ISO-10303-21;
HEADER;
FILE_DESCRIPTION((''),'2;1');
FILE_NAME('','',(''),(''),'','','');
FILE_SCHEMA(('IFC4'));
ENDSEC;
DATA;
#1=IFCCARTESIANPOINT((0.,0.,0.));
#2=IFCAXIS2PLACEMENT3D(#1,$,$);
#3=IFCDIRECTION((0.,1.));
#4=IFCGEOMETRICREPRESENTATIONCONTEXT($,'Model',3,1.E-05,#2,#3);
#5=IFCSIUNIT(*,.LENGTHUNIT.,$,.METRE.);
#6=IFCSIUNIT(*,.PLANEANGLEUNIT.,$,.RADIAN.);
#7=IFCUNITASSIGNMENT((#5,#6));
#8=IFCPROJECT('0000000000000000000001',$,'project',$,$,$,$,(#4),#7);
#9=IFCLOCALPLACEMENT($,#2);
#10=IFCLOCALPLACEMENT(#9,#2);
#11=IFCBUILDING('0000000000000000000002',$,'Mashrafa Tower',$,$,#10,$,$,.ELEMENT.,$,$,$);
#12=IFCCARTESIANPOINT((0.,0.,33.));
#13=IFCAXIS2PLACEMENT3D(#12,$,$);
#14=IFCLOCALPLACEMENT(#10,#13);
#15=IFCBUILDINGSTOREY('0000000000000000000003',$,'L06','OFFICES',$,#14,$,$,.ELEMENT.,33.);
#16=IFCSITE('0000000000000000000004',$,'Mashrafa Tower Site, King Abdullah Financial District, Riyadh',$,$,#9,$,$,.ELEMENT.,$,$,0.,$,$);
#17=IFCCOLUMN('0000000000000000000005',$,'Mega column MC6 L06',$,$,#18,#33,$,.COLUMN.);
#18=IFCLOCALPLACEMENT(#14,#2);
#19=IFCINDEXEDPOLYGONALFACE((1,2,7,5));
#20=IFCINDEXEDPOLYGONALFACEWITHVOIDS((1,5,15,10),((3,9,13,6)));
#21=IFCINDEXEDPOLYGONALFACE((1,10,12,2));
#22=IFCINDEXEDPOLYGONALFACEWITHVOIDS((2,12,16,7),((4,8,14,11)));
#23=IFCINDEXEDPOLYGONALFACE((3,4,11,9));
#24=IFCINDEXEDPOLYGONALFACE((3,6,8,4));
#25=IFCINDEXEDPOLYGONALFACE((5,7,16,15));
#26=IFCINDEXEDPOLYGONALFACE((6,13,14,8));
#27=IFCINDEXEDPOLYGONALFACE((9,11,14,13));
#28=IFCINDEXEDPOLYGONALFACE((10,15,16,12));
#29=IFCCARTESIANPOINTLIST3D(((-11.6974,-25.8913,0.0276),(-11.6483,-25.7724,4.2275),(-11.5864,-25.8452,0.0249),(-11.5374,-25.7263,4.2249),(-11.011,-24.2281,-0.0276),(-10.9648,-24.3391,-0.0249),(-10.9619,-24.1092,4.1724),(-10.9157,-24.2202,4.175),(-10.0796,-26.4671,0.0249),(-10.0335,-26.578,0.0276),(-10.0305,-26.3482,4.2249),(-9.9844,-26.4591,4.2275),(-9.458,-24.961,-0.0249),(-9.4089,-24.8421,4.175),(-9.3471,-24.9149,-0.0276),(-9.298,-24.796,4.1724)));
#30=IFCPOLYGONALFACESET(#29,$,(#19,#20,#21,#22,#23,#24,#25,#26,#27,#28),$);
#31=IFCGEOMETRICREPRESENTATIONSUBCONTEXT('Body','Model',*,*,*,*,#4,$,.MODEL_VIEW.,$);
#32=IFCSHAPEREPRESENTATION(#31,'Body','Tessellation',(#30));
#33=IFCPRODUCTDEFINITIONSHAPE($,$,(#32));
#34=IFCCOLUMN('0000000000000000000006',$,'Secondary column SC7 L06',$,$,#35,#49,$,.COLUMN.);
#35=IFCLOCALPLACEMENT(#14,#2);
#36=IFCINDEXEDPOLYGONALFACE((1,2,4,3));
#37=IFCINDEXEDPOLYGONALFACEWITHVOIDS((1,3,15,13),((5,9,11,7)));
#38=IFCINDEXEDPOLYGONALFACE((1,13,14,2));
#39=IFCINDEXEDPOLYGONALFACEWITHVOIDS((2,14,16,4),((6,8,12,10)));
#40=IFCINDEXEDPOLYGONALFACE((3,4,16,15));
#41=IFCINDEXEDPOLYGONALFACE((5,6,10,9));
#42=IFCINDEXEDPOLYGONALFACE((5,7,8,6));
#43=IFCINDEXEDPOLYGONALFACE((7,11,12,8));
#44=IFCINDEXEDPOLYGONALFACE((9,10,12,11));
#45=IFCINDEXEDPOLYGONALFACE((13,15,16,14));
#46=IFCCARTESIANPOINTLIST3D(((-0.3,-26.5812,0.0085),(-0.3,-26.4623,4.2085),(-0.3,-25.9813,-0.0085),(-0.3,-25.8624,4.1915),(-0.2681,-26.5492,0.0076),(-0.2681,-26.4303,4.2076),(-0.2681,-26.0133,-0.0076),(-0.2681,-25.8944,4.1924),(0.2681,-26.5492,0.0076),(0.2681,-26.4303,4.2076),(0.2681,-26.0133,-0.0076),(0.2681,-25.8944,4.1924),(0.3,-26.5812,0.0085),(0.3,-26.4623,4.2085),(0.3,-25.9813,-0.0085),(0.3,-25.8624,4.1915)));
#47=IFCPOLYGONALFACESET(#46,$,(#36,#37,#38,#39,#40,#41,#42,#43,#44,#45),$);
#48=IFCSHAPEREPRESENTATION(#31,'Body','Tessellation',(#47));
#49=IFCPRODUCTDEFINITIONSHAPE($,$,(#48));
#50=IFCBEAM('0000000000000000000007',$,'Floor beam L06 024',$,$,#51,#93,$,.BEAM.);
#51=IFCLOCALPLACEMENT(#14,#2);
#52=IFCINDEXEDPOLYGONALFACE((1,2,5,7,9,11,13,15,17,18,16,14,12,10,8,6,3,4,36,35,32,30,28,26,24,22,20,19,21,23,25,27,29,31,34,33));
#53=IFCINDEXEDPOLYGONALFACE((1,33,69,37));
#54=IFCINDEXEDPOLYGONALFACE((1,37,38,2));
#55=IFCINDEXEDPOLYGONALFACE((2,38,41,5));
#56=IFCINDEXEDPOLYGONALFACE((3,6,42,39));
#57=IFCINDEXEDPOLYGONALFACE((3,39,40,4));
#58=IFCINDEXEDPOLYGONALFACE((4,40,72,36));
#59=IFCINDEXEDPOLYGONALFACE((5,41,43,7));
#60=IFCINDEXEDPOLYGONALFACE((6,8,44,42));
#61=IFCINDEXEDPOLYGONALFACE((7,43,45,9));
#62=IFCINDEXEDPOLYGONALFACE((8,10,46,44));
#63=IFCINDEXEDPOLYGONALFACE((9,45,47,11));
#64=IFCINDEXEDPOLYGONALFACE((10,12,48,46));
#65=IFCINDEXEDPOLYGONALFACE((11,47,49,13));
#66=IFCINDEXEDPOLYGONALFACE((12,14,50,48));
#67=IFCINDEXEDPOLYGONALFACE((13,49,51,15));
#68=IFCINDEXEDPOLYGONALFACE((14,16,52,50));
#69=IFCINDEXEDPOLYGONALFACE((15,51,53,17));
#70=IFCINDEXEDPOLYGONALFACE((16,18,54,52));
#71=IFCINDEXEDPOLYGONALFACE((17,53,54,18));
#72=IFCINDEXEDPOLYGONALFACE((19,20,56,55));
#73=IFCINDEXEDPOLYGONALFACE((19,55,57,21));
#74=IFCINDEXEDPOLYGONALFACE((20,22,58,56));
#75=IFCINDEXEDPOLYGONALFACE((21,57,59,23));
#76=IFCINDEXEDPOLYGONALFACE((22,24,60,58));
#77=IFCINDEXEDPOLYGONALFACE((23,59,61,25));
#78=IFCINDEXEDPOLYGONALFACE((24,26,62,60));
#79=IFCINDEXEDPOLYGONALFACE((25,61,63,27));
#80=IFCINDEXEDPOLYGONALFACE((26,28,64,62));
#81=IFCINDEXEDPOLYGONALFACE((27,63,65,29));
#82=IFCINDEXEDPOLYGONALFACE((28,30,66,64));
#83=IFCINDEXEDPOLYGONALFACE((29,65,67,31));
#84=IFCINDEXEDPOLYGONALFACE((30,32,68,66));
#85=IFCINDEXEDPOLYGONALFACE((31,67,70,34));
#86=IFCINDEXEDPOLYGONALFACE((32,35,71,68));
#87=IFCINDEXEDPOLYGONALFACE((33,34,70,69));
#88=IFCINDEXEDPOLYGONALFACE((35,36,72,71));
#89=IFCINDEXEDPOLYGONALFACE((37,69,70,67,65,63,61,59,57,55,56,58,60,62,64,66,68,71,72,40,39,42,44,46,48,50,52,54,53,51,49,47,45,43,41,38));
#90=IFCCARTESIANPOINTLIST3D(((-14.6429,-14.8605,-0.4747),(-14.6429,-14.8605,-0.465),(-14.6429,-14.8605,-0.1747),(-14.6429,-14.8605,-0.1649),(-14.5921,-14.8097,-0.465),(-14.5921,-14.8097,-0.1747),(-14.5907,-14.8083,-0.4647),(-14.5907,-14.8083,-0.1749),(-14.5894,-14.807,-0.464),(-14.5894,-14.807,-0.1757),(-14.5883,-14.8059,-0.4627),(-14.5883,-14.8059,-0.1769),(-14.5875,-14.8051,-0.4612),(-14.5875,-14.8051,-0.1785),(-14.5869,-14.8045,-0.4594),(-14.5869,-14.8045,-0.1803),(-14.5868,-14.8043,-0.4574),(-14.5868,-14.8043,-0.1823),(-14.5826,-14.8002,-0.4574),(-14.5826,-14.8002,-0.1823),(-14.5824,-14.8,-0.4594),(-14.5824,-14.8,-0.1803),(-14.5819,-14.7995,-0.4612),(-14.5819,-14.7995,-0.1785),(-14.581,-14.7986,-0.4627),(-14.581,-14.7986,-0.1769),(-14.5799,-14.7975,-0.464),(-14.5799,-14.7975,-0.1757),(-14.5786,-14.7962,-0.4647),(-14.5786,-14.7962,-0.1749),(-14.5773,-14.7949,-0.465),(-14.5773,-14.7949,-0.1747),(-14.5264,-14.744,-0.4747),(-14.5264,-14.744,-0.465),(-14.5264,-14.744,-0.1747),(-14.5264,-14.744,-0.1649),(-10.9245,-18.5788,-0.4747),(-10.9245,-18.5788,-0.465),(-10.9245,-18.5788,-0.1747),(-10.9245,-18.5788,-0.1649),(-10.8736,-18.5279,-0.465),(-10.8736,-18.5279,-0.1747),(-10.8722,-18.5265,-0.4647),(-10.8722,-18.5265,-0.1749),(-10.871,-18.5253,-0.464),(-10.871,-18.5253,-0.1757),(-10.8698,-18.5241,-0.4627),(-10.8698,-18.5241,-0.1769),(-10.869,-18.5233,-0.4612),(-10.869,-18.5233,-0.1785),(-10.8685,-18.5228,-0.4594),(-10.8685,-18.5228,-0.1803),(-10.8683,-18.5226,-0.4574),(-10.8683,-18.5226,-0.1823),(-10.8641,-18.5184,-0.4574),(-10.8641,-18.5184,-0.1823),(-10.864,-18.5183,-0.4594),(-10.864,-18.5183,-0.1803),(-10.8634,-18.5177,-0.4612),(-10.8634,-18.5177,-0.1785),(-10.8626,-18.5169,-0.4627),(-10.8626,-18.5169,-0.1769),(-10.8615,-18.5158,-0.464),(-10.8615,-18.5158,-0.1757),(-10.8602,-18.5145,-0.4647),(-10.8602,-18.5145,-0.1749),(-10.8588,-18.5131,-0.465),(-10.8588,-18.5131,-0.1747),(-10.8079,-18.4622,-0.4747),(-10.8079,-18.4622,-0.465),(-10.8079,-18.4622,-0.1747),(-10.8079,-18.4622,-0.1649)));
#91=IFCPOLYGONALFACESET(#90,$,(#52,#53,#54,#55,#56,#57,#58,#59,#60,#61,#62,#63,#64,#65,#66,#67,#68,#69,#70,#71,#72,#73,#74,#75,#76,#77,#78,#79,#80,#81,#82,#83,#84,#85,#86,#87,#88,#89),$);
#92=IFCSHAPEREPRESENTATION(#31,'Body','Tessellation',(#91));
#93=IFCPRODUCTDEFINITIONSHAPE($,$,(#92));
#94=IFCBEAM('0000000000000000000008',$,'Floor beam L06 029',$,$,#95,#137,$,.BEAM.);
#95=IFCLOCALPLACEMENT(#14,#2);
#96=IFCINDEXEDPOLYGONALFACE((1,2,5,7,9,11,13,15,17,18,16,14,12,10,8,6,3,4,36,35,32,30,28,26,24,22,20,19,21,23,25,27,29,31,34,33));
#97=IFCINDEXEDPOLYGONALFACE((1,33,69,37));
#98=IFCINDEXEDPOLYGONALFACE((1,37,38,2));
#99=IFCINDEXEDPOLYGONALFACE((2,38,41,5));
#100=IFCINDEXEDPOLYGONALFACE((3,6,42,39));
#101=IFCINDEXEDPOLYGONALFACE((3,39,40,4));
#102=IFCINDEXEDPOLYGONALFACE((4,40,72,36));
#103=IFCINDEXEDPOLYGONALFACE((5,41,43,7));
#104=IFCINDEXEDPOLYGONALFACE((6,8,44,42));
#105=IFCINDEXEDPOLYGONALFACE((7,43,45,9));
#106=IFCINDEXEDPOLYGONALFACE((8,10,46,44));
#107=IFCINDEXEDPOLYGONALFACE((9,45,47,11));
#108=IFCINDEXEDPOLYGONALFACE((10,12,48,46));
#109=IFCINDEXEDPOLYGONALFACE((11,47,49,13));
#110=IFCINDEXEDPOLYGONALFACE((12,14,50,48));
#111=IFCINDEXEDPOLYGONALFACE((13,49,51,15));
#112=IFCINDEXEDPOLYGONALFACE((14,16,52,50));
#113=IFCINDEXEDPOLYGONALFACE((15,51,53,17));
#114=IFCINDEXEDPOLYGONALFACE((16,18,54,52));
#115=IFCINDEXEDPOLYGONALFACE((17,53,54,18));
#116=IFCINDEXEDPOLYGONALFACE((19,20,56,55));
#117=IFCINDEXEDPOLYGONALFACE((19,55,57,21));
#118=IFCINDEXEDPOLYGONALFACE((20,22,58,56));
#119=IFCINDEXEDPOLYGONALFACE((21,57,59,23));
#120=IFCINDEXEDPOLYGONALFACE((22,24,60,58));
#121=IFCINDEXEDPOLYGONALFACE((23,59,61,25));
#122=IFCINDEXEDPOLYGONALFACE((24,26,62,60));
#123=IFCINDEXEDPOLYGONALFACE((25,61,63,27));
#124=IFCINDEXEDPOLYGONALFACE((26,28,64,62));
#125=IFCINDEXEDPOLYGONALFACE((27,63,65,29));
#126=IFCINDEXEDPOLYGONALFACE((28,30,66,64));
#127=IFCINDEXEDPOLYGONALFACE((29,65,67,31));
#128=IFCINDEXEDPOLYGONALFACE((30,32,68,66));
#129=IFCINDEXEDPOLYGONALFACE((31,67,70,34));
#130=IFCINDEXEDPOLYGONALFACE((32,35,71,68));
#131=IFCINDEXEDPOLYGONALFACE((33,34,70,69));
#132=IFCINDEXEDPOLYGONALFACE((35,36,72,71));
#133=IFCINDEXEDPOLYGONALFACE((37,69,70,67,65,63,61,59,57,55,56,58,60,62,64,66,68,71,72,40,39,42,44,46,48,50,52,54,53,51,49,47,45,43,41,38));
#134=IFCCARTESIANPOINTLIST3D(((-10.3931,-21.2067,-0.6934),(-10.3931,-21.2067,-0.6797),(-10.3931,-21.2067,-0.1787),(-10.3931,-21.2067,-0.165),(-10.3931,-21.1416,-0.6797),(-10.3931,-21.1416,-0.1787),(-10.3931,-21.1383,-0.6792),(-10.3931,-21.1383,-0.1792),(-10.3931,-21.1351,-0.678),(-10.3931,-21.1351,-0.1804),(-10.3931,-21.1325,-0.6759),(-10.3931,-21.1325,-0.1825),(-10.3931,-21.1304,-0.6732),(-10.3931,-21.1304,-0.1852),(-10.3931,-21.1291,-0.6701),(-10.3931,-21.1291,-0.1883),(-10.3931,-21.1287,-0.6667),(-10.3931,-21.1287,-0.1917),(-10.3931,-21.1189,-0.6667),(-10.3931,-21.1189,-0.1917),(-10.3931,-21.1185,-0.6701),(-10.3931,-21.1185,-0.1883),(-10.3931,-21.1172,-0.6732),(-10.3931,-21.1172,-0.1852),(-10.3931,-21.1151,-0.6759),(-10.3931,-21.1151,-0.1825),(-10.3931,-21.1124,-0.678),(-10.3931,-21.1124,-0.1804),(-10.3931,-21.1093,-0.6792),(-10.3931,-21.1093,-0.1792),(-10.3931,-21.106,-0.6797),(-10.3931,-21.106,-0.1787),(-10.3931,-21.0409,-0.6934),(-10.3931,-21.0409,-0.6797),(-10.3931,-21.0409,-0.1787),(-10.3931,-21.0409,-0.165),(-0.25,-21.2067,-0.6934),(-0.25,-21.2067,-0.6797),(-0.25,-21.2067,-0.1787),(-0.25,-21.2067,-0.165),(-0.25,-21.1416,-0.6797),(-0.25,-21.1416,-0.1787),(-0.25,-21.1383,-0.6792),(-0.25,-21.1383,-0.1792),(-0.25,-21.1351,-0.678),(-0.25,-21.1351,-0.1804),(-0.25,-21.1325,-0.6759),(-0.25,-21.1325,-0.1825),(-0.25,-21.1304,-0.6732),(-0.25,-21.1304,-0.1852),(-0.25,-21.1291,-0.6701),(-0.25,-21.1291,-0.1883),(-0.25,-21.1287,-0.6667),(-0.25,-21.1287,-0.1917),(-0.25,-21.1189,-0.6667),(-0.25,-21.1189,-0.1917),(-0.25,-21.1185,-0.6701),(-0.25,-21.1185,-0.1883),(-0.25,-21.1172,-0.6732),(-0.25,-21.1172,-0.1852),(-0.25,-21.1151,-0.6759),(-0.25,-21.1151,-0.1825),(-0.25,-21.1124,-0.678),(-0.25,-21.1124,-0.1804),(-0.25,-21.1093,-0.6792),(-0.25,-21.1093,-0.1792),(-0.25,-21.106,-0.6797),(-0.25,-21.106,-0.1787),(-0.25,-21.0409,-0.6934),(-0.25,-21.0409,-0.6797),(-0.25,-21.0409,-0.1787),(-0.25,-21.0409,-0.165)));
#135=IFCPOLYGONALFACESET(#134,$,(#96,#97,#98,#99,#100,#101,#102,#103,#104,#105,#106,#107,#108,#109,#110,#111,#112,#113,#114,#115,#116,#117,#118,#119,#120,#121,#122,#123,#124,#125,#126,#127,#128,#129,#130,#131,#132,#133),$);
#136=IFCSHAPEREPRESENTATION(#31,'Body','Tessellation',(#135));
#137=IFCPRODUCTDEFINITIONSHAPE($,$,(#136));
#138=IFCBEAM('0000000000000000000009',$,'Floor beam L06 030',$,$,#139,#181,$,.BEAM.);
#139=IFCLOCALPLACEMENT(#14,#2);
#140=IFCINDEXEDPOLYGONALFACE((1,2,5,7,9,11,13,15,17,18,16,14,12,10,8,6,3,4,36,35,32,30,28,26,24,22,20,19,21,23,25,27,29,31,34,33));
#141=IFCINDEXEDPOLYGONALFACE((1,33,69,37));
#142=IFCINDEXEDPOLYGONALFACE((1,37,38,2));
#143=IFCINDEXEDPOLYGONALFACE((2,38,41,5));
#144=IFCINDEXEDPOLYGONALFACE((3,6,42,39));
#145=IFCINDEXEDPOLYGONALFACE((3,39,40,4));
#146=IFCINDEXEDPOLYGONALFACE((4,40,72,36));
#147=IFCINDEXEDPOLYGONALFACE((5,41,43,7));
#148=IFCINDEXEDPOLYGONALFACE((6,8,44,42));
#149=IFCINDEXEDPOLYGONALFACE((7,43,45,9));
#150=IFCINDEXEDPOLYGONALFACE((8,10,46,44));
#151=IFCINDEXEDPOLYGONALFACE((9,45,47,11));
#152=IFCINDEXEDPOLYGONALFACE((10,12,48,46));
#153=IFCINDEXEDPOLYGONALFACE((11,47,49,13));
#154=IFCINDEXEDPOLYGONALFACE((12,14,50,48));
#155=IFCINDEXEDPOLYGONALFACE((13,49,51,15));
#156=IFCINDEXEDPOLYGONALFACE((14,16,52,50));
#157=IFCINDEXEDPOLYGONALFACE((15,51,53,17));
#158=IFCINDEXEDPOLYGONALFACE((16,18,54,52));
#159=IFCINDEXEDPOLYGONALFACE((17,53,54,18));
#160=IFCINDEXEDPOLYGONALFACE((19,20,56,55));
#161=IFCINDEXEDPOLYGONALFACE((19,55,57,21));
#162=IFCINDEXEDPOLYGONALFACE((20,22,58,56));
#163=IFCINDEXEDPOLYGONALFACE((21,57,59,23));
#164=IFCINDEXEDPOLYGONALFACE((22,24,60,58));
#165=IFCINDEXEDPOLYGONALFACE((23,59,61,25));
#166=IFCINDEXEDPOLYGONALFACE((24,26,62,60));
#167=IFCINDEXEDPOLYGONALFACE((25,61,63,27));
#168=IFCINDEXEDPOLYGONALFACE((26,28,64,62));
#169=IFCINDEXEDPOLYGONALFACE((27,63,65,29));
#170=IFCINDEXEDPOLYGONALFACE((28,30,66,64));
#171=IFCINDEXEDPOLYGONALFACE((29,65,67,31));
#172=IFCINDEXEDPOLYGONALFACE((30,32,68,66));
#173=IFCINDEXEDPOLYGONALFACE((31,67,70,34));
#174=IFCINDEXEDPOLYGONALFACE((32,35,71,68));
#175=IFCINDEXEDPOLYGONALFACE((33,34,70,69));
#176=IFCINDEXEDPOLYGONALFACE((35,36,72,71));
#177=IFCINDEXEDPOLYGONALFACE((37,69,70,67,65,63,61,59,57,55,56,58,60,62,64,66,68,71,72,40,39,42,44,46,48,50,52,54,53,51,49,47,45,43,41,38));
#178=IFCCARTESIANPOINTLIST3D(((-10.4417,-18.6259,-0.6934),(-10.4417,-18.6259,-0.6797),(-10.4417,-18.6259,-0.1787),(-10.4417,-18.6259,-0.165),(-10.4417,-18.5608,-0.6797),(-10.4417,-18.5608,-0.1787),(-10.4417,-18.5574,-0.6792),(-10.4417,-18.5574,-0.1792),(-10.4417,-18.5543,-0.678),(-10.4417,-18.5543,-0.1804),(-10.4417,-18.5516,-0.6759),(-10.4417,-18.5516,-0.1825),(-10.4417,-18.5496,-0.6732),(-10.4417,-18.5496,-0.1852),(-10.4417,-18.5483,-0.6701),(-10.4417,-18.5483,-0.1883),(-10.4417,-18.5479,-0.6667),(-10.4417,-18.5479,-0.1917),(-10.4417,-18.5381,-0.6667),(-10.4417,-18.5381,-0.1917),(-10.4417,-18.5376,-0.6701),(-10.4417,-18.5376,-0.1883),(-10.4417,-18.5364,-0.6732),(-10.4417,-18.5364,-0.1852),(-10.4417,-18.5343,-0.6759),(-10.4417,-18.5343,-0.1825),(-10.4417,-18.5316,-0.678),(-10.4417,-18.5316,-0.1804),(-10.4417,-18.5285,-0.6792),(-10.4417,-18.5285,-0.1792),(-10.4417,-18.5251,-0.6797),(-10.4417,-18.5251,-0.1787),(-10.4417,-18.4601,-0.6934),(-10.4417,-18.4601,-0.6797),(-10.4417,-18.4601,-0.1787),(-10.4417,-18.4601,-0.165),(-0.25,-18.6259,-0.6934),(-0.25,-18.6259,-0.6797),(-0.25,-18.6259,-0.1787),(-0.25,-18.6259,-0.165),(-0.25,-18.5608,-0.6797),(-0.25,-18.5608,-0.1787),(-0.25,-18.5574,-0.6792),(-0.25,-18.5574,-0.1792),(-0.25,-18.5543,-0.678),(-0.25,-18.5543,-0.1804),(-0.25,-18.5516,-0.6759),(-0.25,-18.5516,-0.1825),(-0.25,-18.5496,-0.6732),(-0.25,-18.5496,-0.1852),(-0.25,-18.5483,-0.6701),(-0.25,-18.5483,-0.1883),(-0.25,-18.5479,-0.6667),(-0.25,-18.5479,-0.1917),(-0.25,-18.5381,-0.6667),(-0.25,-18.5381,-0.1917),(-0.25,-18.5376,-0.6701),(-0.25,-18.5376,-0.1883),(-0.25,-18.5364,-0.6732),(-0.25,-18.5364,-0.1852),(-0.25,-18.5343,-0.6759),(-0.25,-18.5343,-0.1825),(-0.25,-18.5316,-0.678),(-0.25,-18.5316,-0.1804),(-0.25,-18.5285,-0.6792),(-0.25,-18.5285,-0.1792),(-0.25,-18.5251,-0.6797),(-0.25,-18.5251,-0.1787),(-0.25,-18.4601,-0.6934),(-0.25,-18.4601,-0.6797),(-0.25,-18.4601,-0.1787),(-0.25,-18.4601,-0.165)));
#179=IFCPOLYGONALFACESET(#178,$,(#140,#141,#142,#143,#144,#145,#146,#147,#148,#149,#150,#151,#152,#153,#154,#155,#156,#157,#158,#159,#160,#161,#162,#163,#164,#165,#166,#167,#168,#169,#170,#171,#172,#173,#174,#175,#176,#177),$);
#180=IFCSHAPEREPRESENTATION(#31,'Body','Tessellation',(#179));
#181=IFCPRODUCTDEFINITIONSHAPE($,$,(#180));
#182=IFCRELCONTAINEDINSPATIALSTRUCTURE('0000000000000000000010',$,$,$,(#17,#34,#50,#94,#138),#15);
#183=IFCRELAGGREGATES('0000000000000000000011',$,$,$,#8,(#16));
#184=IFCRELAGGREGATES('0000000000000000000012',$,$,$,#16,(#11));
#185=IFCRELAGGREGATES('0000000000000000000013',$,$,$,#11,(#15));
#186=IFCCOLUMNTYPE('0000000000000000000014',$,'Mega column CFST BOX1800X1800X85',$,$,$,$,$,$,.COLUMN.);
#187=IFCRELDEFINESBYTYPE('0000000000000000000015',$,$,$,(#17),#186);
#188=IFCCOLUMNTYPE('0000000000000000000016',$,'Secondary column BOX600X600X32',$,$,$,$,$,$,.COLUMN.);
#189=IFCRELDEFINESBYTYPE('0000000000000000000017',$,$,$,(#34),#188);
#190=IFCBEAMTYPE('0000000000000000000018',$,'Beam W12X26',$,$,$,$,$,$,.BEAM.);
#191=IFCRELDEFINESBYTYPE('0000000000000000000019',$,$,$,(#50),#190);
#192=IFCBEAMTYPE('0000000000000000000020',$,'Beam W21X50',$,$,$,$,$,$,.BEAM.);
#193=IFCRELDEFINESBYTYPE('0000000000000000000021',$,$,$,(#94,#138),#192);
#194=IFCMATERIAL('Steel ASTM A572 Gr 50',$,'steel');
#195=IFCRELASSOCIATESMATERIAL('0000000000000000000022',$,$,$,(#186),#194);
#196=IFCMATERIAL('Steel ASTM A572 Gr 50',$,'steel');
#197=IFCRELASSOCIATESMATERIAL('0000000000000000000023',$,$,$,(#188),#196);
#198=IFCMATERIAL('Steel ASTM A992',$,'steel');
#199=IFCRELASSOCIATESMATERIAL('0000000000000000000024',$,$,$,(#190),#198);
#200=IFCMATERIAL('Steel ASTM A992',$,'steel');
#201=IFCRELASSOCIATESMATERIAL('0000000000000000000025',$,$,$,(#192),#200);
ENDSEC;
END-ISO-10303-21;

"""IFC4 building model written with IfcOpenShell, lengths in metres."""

from ifc_helpers import new_model, si_unit, direction, frame, origin, origin_2d, place, context, subcontext, project, spatial, hollow_rectangle, i_section, extrude, material, material_profile, profile_set, type_object, element, save


model = new_model("IFC4")

# Units and contexts
model_context = context("Model", 3, precision=1e-05, world=origin(), true_north=direction((0.0, 1.0)))
body_context = subcontext(model_context, "Body", "Model", "MODEL_VIEW")
ifc_project = project(units=[si_unit("LENGTHUNIT", "METRE"), si_unit("PLANEANGLEUNIT", "RADIAN")], contexts=[model_context])

# Site, building, storey
site_placement = place(None, origin())
site = spatial("IfcSite", under=ifc_project, at=site_placement, Name="Mashrafa Tower Site, King Abdullah Financial District, Riyadh", CompositionType="ELEMENT", RefElevation=0.0)
building_placement = place(site_placement, origin())
building = spatial("IfcBuilding", under=site, at=building_placement, Name="Mashrafa Tower", CompositionType="ELEMENT")
storey_placement = place(building_placement, frame((0.0, 0.0, 33.0)))
storey = spatial("IfcBuildingStorey", under=building, at=storey_placement, Name="L06", Description="OFFICES", CompositionType="ELEMENT", Elevation=33.0)

# Columns
ifc_material_1 = material(Name="Steel ASTM A572 Gr 50", Category="steel")
ifc_material_profile_1 = material_profile(ifc_material_1, hollow_rectangle(XDim=1.8, YDim=1.8, WallThickness=0.085, at=origin_2d()), Name="BOX1800X1800X85")
ifc_profile_set_1 = profile_set([ifc_material_profile_1], Name="Steel ASTM A572 Gr 50")
column_type_1 = type_object("IfcColumnType", Name="Mega column CFST BOX1800X1800X85", PredefinedType="COLUMN", material=ifc_profile_set_1)
column_1_placement = place(storey_placement, frame((-10.5222, -25.4031, 0.0), z_axis=(0.011679, 0.028296, 0.999531), x_axis=(-0.924363, 0.381513, 0.0)))
element("IfcColumn", 1, at=column_1_placement, inside=storey, type_object=column_type_1, Name="Mega column MC6 L06", PredefinedType="COLUMN", context=body_context, shape_type="SweptSolid", body=[
    extrude(hollow_rectangle(XDim=1.8, YDim=1.8, WallThickness=0.085, at=origin_2d()), origin(), (0.0, 0.0, 1.0), 4.2019),
])
ifc_material_2 = material(Name="Steel ASTM A572 Gr 50", Category="steel")
ifc_material_profile_2 = material_profile(ifc_material_2, hollow_rectangle(XDim=0.6001, YDim=0.6001, WallThickness=0.032, at=origin_2d()), Name="BOX600X600X32")
ifc_profile_set_2 = profile_set([ifc_material_profile_2], Name="Steel ASTM A572 Gr 50")
column_type_2 = type_object("IfcColumnType", Name="Secondary column BOX600X600X32", PredefinedType="COLUMN", material=ifc_profile_set_2)
column_2_placement = place(storey_placement, frame((0.0, -26.2812, 0.0), z_axis=(0.0, 0.028298, 0.9996), x_axis=(-1.0, 0.0, 0.0)))
element("IfcColumn", 2, at=column_2_placement, inside=storey, type_object=column_type_2, Name="Secondary column SC7 L06", PredefinedType="COLUMN", context=body_context, shape_type="SweptSolid", body=[
    extrude(hollow_rectangle(XDim=0.6001, YDim=0.6001, WallThickness=0.032, at=origin_2d()), origin(), (0.0, 0.0, 1.0), 4.2017),
])

# Beams
ifc_material_3 = material(Name="Steel ASTM A992", Category="steel")
ifc_material_profile_3 = material_profile(ifc_material_3, i_section(OverallWidth=0.1648, OverallDepth=0.3098, WebThickness=0.0059, FlangeThickness=0.0098, FilletRadius=0.0076, at=origin_2d()), Name="W12X26")
ifc_profile_set_3 = profile_set([ifc_material_profile_3], Name="Steel ASTM A992")
beam_type_1 = type_object("IfcBeamType", Name="Beam W12X26", PredefinedType="BEAM", material=ifc_profile_set_3)
beam_1_placement = place(storey_placement, frame((-10.8662, -18.5205, -0.3198), z_axis=(-0.70713, 0.707084, 0.0), x_axis=(-0.707084, -0.70713, 0.0)))
element("IfcBeam", 3, at=beam_1_placement, inside=storey, type_object=beam_type_1, Name="Floor beam L06 024", PredefinedType="BEAM", context=body_context, shape_type="SweptSolid", body=[
    extrude(i_section(OverallWidth=0.1648, OverallDepth=0.3098, WebThickness=0.0059, FlangeThickness=0.0098, FilletRadius=0.0076, at=origin_2d()), origin(), (0.0, 0.0, 1.0), 5.2585),
])
ifc_material_4 = material(Name="Steel ASTM A992", Category="steel")
ifc_material_profile_4 = material_profile(ifc_material_4, i_section(OverallWidth=0.1658, OverallDepth=0.5283, WebThickness=0.0098, FlangeThickness=0.0137, FilletRadius=0.0129, at=origin_2d()), Name="W21X50")
ifc_profile_set_4 = profile_set([ifc_material_profile_4], Name="Steel ASTM A992")
beam_type_2 = type_object("IfcBeamType", Name="Beam W21X50", PredefinedType="BEAM", material=ifc_profile_set_4)
beam_2_placement = place(storey_placement, frame((-0.25, -21.1238, -0.4292), z_axis=(-1.0, 0.0, 0.0), x_axis=(0.0, -1.0, 0.0)))
element("IfcBeam", 4, at=beam_2_placement, inside=storey, type_object=beam_type_2, Name="Floor beam L06 029", PredefinedType="BEAM", context=body_context, shape_type="SweptSolid", body=[
    extrude(i_section(OverallWidth=0.1658, OverallDepth=0.5283, WebThickness=0.0098, FlangeThickness=0.0137, FilletRadius=0.0129, at=origin_2d()), origin(), (0.0, 0.0, 1.0), 10.1431),
])
beam_3_placement = place(storey_placement, frame((-0.25, -18.543, -0.4292), z_axis=(-1.0, 0.0, 0.0), x_axis=(0.0, -1.0, 0.0)))
element("IfcBeam", 5, at=beam_3_placement, inside=storey, type_object=beam_type_2, Name="Floor beam L06 030", PredefinedType="BEAM", context=body_context, shape_type="SweptSolid", body=[
    extrude(i_section(OverallWidth=0.1658, OverallDepth=0.5283, WebThickness=0.0098, FlangeThickness=0.0137, FilletRadius=0.0129, at=origin_2d()), origin(), (0.0, 0.0, 1.0), 10.1917),
])

save(model, "model.ifc")
